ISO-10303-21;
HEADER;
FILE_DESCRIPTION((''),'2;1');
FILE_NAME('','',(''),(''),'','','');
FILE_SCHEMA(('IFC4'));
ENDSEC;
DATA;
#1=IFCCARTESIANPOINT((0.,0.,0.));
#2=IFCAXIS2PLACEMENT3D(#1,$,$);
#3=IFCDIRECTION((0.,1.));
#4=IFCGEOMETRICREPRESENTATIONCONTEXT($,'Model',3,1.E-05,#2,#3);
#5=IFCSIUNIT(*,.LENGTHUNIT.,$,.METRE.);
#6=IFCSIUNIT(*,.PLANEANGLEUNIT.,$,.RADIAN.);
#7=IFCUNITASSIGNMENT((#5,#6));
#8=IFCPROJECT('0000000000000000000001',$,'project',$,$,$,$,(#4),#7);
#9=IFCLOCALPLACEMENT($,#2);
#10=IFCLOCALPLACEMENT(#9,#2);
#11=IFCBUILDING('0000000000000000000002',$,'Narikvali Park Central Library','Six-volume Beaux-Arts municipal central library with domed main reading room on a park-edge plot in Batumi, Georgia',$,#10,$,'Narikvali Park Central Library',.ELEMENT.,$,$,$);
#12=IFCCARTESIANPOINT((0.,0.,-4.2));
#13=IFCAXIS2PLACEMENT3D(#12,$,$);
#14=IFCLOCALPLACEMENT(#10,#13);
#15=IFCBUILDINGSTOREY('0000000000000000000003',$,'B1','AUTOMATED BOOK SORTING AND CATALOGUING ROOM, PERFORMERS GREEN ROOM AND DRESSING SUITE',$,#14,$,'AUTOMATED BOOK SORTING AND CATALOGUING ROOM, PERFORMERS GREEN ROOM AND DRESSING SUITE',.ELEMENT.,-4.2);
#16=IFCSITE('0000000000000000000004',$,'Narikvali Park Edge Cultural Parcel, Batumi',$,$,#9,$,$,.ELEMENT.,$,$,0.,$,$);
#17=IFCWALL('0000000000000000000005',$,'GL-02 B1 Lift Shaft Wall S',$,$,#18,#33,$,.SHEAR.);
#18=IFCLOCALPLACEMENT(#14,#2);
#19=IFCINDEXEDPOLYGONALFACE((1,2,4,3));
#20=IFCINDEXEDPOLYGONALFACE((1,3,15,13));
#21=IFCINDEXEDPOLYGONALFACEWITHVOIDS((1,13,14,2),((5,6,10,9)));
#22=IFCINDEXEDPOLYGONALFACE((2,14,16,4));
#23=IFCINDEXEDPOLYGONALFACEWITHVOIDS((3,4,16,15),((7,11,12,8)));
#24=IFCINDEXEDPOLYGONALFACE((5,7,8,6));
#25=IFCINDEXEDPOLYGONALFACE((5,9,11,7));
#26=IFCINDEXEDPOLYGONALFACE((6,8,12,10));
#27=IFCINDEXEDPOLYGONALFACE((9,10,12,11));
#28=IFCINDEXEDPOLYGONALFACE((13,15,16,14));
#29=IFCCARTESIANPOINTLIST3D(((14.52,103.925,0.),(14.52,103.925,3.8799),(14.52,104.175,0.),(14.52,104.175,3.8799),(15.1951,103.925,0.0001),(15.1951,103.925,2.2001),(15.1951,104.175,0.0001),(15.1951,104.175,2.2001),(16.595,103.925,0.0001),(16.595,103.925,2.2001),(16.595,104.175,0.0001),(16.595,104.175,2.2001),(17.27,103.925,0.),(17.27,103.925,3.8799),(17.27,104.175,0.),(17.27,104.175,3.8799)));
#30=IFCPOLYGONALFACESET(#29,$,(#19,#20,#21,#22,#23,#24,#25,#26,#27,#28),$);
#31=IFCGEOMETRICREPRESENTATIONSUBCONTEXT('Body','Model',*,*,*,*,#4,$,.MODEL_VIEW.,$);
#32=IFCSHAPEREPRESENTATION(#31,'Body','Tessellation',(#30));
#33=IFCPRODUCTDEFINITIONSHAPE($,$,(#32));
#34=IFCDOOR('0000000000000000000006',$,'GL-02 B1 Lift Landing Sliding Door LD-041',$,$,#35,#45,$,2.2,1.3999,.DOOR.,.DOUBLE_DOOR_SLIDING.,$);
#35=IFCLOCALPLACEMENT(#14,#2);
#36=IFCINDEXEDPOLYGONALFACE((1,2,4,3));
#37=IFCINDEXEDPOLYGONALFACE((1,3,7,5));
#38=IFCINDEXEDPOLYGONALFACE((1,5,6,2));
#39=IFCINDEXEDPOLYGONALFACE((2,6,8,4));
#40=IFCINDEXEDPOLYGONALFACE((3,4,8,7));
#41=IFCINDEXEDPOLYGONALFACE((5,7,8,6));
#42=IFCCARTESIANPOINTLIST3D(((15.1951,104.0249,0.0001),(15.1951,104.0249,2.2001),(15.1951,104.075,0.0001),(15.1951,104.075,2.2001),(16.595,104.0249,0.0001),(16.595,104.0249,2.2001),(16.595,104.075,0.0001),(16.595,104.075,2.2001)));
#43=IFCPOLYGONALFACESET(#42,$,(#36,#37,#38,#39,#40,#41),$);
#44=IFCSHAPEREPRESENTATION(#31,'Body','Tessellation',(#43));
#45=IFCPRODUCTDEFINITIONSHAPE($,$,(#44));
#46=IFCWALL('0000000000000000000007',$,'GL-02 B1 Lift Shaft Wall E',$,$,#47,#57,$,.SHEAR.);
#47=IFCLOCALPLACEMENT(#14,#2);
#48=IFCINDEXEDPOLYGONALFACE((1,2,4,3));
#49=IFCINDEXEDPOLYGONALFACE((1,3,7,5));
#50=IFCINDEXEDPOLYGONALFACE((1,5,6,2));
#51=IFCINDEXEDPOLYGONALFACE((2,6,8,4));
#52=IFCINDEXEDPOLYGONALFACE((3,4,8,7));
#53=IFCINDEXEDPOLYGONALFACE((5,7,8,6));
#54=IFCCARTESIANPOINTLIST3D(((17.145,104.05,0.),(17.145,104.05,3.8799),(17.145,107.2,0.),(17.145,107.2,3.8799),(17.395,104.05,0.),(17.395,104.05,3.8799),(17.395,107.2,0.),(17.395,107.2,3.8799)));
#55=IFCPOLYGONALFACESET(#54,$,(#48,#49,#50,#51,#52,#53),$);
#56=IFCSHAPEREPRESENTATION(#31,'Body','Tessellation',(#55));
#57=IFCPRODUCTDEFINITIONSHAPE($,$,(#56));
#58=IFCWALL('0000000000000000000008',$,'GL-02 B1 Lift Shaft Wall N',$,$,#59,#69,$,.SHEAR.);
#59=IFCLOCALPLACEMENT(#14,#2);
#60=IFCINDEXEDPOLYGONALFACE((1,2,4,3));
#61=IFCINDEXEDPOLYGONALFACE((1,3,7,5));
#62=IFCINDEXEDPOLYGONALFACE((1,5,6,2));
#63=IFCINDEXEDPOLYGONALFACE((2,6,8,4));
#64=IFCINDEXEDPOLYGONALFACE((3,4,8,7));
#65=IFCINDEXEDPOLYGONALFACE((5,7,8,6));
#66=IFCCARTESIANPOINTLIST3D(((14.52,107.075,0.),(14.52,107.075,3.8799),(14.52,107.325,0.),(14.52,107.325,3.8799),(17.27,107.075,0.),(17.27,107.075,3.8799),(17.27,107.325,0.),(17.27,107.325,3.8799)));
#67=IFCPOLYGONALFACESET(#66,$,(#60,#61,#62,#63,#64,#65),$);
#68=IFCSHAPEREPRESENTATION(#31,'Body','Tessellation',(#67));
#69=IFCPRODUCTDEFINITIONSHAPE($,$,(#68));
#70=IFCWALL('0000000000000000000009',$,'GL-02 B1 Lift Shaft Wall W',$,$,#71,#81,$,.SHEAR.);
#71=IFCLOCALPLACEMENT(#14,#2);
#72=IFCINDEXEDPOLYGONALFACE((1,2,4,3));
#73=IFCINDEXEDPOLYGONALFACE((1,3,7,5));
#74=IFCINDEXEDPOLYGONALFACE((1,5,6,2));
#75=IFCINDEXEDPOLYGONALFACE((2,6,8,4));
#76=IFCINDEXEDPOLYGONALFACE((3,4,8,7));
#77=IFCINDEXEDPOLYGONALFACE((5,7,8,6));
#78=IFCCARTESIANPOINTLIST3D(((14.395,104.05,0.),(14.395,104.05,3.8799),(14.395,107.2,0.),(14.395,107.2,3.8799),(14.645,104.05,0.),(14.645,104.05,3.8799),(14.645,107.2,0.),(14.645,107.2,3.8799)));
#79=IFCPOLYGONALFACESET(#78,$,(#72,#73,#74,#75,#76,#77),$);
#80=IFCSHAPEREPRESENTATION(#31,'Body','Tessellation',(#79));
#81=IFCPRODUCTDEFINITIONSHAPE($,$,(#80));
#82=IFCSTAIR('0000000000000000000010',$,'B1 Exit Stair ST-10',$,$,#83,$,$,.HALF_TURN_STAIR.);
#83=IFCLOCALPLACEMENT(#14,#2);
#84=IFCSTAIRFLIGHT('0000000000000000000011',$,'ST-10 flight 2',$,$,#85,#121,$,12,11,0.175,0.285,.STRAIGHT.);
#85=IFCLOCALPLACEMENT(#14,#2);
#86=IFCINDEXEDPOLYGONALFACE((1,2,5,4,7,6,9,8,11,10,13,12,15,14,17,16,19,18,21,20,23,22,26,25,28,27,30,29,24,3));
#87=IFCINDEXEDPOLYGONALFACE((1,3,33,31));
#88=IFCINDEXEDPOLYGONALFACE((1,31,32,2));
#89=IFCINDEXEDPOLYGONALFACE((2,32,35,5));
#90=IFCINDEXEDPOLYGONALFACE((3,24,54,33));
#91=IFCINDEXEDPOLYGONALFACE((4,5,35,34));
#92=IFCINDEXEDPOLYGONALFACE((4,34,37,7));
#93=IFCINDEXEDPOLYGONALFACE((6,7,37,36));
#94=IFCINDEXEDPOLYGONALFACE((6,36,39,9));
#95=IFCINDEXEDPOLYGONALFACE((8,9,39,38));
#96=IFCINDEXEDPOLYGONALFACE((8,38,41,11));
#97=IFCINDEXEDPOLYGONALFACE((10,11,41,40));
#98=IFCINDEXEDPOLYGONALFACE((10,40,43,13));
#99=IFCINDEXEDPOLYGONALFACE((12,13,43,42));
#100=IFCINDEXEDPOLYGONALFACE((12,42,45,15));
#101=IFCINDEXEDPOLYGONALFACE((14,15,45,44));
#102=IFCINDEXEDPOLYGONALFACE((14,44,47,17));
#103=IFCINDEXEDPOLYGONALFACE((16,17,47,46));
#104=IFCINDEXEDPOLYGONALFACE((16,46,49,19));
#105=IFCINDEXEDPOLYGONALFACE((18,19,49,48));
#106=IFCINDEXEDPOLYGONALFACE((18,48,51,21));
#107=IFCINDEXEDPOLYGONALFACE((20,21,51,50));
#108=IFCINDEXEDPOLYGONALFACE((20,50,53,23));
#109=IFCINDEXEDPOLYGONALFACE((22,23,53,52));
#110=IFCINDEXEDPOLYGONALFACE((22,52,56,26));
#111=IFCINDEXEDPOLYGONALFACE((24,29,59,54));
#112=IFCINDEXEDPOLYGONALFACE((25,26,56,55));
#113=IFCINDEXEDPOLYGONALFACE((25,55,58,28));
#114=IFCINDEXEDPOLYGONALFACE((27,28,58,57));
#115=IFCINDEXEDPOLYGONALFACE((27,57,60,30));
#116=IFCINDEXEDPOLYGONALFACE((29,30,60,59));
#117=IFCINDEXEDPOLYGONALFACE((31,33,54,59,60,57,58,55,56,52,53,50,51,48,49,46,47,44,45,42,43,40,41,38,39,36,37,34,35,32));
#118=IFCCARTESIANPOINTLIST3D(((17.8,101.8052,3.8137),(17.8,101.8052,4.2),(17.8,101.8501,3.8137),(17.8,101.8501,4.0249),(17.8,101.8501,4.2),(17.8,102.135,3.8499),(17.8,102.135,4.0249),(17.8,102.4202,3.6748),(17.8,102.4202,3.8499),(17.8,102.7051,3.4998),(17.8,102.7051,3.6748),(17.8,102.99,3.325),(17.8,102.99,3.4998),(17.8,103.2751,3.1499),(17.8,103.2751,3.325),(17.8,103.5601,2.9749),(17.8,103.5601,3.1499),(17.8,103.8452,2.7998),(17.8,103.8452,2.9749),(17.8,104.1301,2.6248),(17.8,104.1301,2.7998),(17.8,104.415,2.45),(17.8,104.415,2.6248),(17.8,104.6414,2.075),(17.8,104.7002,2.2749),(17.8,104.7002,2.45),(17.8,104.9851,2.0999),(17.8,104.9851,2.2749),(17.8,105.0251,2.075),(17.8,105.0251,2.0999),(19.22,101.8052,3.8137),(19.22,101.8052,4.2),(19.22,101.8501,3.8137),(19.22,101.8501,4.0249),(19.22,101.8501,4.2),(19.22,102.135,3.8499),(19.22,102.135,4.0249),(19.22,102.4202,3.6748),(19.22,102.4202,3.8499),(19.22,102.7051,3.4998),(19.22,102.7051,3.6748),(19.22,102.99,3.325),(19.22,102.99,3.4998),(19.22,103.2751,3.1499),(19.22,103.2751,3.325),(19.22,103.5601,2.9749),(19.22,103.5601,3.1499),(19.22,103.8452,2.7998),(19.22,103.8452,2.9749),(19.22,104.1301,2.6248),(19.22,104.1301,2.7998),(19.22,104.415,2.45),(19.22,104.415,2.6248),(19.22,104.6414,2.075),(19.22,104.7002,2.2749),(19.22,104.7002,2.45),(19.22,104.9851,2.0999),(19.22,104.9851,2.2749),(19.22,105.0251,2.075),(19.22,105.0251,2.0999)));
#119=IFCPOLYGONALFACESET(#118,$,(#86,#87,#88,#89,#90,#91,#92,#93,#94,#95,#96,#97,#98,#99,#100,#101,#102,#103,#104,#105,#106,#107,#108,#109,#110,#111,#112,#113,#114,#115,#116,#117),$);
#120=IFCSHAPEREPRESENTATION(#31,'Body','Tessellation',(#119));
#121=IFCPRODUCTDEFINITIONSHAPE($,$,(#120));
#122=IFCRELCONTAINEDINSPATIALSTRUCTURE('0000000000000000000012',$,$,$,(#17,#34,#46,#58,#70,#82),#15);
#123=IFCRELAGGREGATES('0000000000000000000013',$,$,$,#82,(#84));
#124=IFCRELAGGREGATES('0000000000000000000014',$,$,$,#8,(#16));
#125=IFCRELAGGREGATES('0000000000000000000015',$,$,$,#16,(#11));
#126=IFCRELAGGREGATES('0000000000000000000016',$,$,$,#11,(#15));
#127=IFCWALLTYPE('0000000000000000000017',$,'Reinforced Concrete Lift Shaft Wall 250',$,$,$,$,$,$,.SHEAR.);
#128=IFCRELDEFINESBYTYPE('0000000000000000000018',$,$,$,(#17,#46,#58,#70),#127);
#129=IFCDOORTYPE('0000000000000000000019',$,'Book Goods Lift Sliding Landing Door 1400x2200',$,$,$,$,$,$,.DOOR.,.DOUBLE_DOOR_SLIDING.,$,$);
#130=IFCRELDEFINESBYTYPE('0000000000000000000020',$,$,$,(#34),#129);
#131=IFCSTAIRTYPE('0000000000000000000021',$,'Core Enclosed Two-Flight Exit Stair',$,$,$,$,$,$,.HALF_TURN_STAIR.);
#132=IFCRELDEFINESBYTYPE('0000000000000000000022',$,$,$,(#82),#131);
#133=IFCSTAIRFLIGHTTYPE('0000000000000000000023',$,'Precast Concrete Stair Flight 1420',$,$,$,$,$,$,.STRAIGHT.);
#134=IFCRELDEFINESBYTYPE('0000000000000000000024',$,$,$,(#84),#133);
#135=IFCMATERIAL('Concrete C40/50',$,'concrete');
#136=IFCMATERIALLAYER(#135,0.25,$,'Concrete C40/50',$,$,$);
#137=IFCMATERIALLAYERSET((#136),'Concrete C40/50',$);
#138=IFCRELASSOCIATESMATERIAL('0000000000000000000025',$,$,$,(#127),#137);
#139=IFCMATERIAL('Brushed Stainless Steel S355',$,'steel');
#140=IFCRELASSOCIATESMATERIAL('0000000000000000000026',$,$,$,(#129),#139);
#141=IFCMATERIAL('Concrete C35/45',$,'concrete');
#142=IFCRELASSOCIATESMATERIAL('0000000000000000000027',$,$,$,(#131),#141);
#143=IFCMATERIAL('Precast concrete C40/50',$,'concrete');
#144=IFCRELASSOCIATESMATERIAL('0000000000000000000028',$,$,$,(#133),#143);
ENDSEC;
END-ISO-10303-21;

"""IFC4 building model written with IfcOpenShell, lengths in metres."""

from ifc_helpers import new_model, si_unit, direction, frame, frame_2d, origin, place, context, subcontext, project, spatial, polyline, rectangle, outline, extrude, material, layer, layer_set, type_object, element, fill, aggregate, save


model = new_model("IFC4")

# Units and contexts
model_context = context("Model", 3, precision=1e-05, world=origin(), true_north=direction((0.0, 1.0)))
body_context = subcontext(model_context, "Body", "Model", "MODEL_VIEW")
ifc_project = project(units=[si_unit("LENGTHUNIT", "METRE"), si_unit("PLANEANGLEUNIT", "RADIAN")], contexts=[model_context])

# Site, building, storey
site_placement = place(None, origin())
site = spatial("IfcSite", under=ifc_project, at=site_placement, Name="Narikvali Park Edge Cultural Parcel, Batumi", CompositionType="ELEMENT", RefElevation=0.0)
building_placement = place(site_placement, origin())
building = spatial("IfcBuilding", under=site, at=building_placement, Name="Narikvali Park Central Library", Description="Six-volume Beaux-Arts municipal central library with domed main reading room on a park-edge plot in Batumi, Georgia", LongName="Narikvali Park Central Library", CompositionType="ELEMENT")
storey_placement = place(building_placement, frame((0.0, 0.0, -4.2)))
storey = spatial("IfcBuildingStorey", under=building, at=storey_placement, Name="B1", Description="AUTOMATED BOOK SORTING AND CATALOGUING ROOM, PERFORMERS GREEN ROOM AND DRESSING SUITE", LongName="AUTOMATED BOOK SORTING AND CATALOGUING ROOM, PERFORMERS GREEN ROOM AND DRESSING SUITE", CompositionType="ELEMENT", Elevation=-4.2)

# Shared definitions
ifc_material_1 = material(Name="Concrete C35/45", Category="concrete")

# Shared definitions
ifc_material_2 = material(Name="Concrete C40/50", Category="concrete")

# Wall, opening, door
ifc_layer_1 = layer(ifc_material_2, 0.25, Name="Concrete C40/50")
ifc_layer_set_1 = layer_set([ifc_layer_1], Name="Concrete C40/50")
wall_type_1 = type_object("IfcWallType", Name="Reinforced Concrete Lift Shaft Wall 250", PredefinedType="SHEAR", material=ifc_layer_set_1)
wall_1_placement = place(storey_placement, frame((14.52, 104.05, 0.0), z_axis=(0.0, 0.0, 1.0), x_axis=(1.0, 0.0, 0.0)))
wall_1 = element("IfcWall", 1, at=wall_1_placement, inside=storey, type_object=wall_type_1, Name="GL-02 B1 Lift Shaft Wall S", PredefinedType="SHEAR", context=body_context, shape_type="SweptSolid", body=[
    extrude(rectangle(XDim=2.75, YDim=0.25, at=frame_2d((1.375, 0.0))), origin(), (0.0, 0.0, 1.0), 3.8799),
])
opening_placement = place(wall_1_placement, frame((0.675, 0.0, 0.0)))
opening = element("IfcOpeningElement", 2, at=opening_placement, cuts=wall_1, PredefinedType="OPENING", context=body_context, shape_type="SweptSolid", body=[
    extrude(rectangle(XDim=1.3999, YDim=2.2, at=frame_2d((0.7, 1.1001))), frame((0.0, 0.137, 0.0), z_axis=(0.0, -1.0, 0.0), x_axis=(1.0, 0.0, 0.0)), (0.0, 0.0, 1.0), 0.2739),
])
ifc_material_3 = material(Name="Brushed Stainless Steel S355", Category="steel")
door_type = type_object("IfcDoorType", Name="Book Goods Lift Sliding Landing Door 1400x2200", OperationType="DOUBLE_DOOR_SLIDING", PredefinedType="DOOR", material=ifc_material_3)
door_placement = place(opening_placement, origin())
door = element("IfcDoor", 3, at=door_placement, inside=storey, type_object=door_type, Name="GL-02 B1 Lift Landing Sliding Door LD-041", OperationType="DOUBLE_DOOR_SLIDING", OverallHeight=2.2, OverallWidth=1.3999, PredefinedType="DOOR", context=body_context, shape_type="SweptSolid", body=[
    extrude(rectangle(XDim=1.3999, YDim=2.2, at=frame_2d((0.7, 1.1001))), frame((0.0, 0.0249, 0.0), z_axis=(0.0, -1.0, 0.0), x_axis=(1.0, 0.0, 0.0)), (0.0, 0.0, 1.0), 0.05),
])
fill(opening, door)

# Walls
wall_2_placement = place(storey_placement, frame((17.27, 104.05, 0.0), z_axis=(0.0, 0.0, 1.0), x_axis=(0.0, 1.0, 0.0)))
element("IfcWall", 4, at=wall_2_placement, inside=storey, type_object=wall_type_1, Name="GL-02 B1 Lift Shaft Wall E", PredefinedType="SHEAR", context=body_context, shape_type="SweptSolid", body=[
    extrude(rectangle(XDim=3.1499, YDim=0.25, at=frame_2d((1.575, 0.0))), origin(), (0.0, 0.0, 1.0), 3.8799),
])
wall_3_placement = place(storey_placement, frame((17.27, 107.2, 0.0), z_axis=(0.0, 0.0, 1.0), x_axis=(-1.0, 0.0, 0.0)))
element("IfcWall", 5, at=wall_3_placement, inside=storey, type_object=wall_type_1, Name="GL-02 B1 Lift Shaft Wall N", PredefinedType="SHEAR", context=body_context, shape_type="SweptSolid", body=[
    extrude(rectangle(XDim=2.75, YDim=0.25, at=frame_2d((1.375, 0.0))), origin(), (0.0, 0.0, 1.0), 3.8799),
])
wall_4_placement = place(storey_placement, frame((14.52, 107.2, 0.0), z_axis=(0.0, 0.0, 1.0), x_axis=(0.0, -1.0, 0.0)))
element("IfcWall", 6, at=wall_4_placement, inside=storey, type_object=wall_type_1, Name="GL-02 B1 Lift Shaft Wall W", PredefinedType="SHEAR", context=body_context, shape_type="SweptSolid", body=[
    extrude(rectangle(XDim=3.1499, YDim=0.25, at=frame_2d((1.575, 0.0))), origin(), (0.0, 0.0, 1.0), 3.8799),
])

# Stair, stair flight
stair_type = type_object("IfcStairType", Name="Core Enclosed Two-Flight Exit Stair", PredefinedType="HALF_TURN_STAIR", material=ifc_material_1)
stair_placement = place(storey_placement, origin())
stair = element("IfcStair", 7, at=stair_placement, inside=storey, type_object=stair_type, Name="B1 Exit Stair ST-10", PredefinedType="HALF_TURN_STAIR")
ifc_material_4 = material(Name="Precast concrete C40/50", Category="concrete")
stair_flight_type = type_object("IfcStairFlightType", Name="Precast Concrete Stair Flight 1420", PredefinedType="STRAIGHT", material=ifc_material_4)
stair_flight_placement = place(storey_placement, frame((18.51, 104.9851, 2.0999), z_axis=(0.0, 0.0, 1.0), x_axis=(0.0, -1.0, 0.0)))
stair_flight = element("IfcStairFlight", 8, at=stair_flight_placement, type_object=stair_flight_type, Name="ST-10 flight 2", NumberOfRisers=12, NumberOfTreads=11, PredefinedType="STRAIGHT", RiserHeight=0.175, TreadLength=0.285, context=body_context, shape_type="SweptSolid", body=[
    extrude(outline(polyline([(-0.04, -0.0249), (-0.04, 0.0), (0.0, 0.0), (0.0, 0.175), (0.2849, 0.175), (0.2849, 0.3501), (0.5701, 0.3501), (0.5701, 0.5249), (0.855, 0.5249), (0.855, 0.7), (1.1399, 0.7), (1.1399, 0.875), (1.425, 0.875), (1.425, 1.05), (1.71, 1.05), (1.71, 1.2251), (1.9951, 1.2251), (1.9951, 1.3999), (2.28, 1.3999), (2.28, 1.575), (2.5649, 1.575), (2.5649, 1.75), (2.8501, 1.75), (2.8501, 1.925), (3.135, 1.925), (3.135, 2.1001), (3.1799, 2.1001), (3.1799, 1.7139), (3.135, 1.7139), (0.3438, -0.0249), (-0.04, -0.0249)])), frame((0.0, 0.71, 0.0), z_axis=(0.0, -1.0, 0.0), x_axis=(1.0, 0.0, 0.0)), (0.0, 0.0, 1.0), 1.4199),
])
aggregate(stair, [stair_flight])

save(model, "model.ifc")
